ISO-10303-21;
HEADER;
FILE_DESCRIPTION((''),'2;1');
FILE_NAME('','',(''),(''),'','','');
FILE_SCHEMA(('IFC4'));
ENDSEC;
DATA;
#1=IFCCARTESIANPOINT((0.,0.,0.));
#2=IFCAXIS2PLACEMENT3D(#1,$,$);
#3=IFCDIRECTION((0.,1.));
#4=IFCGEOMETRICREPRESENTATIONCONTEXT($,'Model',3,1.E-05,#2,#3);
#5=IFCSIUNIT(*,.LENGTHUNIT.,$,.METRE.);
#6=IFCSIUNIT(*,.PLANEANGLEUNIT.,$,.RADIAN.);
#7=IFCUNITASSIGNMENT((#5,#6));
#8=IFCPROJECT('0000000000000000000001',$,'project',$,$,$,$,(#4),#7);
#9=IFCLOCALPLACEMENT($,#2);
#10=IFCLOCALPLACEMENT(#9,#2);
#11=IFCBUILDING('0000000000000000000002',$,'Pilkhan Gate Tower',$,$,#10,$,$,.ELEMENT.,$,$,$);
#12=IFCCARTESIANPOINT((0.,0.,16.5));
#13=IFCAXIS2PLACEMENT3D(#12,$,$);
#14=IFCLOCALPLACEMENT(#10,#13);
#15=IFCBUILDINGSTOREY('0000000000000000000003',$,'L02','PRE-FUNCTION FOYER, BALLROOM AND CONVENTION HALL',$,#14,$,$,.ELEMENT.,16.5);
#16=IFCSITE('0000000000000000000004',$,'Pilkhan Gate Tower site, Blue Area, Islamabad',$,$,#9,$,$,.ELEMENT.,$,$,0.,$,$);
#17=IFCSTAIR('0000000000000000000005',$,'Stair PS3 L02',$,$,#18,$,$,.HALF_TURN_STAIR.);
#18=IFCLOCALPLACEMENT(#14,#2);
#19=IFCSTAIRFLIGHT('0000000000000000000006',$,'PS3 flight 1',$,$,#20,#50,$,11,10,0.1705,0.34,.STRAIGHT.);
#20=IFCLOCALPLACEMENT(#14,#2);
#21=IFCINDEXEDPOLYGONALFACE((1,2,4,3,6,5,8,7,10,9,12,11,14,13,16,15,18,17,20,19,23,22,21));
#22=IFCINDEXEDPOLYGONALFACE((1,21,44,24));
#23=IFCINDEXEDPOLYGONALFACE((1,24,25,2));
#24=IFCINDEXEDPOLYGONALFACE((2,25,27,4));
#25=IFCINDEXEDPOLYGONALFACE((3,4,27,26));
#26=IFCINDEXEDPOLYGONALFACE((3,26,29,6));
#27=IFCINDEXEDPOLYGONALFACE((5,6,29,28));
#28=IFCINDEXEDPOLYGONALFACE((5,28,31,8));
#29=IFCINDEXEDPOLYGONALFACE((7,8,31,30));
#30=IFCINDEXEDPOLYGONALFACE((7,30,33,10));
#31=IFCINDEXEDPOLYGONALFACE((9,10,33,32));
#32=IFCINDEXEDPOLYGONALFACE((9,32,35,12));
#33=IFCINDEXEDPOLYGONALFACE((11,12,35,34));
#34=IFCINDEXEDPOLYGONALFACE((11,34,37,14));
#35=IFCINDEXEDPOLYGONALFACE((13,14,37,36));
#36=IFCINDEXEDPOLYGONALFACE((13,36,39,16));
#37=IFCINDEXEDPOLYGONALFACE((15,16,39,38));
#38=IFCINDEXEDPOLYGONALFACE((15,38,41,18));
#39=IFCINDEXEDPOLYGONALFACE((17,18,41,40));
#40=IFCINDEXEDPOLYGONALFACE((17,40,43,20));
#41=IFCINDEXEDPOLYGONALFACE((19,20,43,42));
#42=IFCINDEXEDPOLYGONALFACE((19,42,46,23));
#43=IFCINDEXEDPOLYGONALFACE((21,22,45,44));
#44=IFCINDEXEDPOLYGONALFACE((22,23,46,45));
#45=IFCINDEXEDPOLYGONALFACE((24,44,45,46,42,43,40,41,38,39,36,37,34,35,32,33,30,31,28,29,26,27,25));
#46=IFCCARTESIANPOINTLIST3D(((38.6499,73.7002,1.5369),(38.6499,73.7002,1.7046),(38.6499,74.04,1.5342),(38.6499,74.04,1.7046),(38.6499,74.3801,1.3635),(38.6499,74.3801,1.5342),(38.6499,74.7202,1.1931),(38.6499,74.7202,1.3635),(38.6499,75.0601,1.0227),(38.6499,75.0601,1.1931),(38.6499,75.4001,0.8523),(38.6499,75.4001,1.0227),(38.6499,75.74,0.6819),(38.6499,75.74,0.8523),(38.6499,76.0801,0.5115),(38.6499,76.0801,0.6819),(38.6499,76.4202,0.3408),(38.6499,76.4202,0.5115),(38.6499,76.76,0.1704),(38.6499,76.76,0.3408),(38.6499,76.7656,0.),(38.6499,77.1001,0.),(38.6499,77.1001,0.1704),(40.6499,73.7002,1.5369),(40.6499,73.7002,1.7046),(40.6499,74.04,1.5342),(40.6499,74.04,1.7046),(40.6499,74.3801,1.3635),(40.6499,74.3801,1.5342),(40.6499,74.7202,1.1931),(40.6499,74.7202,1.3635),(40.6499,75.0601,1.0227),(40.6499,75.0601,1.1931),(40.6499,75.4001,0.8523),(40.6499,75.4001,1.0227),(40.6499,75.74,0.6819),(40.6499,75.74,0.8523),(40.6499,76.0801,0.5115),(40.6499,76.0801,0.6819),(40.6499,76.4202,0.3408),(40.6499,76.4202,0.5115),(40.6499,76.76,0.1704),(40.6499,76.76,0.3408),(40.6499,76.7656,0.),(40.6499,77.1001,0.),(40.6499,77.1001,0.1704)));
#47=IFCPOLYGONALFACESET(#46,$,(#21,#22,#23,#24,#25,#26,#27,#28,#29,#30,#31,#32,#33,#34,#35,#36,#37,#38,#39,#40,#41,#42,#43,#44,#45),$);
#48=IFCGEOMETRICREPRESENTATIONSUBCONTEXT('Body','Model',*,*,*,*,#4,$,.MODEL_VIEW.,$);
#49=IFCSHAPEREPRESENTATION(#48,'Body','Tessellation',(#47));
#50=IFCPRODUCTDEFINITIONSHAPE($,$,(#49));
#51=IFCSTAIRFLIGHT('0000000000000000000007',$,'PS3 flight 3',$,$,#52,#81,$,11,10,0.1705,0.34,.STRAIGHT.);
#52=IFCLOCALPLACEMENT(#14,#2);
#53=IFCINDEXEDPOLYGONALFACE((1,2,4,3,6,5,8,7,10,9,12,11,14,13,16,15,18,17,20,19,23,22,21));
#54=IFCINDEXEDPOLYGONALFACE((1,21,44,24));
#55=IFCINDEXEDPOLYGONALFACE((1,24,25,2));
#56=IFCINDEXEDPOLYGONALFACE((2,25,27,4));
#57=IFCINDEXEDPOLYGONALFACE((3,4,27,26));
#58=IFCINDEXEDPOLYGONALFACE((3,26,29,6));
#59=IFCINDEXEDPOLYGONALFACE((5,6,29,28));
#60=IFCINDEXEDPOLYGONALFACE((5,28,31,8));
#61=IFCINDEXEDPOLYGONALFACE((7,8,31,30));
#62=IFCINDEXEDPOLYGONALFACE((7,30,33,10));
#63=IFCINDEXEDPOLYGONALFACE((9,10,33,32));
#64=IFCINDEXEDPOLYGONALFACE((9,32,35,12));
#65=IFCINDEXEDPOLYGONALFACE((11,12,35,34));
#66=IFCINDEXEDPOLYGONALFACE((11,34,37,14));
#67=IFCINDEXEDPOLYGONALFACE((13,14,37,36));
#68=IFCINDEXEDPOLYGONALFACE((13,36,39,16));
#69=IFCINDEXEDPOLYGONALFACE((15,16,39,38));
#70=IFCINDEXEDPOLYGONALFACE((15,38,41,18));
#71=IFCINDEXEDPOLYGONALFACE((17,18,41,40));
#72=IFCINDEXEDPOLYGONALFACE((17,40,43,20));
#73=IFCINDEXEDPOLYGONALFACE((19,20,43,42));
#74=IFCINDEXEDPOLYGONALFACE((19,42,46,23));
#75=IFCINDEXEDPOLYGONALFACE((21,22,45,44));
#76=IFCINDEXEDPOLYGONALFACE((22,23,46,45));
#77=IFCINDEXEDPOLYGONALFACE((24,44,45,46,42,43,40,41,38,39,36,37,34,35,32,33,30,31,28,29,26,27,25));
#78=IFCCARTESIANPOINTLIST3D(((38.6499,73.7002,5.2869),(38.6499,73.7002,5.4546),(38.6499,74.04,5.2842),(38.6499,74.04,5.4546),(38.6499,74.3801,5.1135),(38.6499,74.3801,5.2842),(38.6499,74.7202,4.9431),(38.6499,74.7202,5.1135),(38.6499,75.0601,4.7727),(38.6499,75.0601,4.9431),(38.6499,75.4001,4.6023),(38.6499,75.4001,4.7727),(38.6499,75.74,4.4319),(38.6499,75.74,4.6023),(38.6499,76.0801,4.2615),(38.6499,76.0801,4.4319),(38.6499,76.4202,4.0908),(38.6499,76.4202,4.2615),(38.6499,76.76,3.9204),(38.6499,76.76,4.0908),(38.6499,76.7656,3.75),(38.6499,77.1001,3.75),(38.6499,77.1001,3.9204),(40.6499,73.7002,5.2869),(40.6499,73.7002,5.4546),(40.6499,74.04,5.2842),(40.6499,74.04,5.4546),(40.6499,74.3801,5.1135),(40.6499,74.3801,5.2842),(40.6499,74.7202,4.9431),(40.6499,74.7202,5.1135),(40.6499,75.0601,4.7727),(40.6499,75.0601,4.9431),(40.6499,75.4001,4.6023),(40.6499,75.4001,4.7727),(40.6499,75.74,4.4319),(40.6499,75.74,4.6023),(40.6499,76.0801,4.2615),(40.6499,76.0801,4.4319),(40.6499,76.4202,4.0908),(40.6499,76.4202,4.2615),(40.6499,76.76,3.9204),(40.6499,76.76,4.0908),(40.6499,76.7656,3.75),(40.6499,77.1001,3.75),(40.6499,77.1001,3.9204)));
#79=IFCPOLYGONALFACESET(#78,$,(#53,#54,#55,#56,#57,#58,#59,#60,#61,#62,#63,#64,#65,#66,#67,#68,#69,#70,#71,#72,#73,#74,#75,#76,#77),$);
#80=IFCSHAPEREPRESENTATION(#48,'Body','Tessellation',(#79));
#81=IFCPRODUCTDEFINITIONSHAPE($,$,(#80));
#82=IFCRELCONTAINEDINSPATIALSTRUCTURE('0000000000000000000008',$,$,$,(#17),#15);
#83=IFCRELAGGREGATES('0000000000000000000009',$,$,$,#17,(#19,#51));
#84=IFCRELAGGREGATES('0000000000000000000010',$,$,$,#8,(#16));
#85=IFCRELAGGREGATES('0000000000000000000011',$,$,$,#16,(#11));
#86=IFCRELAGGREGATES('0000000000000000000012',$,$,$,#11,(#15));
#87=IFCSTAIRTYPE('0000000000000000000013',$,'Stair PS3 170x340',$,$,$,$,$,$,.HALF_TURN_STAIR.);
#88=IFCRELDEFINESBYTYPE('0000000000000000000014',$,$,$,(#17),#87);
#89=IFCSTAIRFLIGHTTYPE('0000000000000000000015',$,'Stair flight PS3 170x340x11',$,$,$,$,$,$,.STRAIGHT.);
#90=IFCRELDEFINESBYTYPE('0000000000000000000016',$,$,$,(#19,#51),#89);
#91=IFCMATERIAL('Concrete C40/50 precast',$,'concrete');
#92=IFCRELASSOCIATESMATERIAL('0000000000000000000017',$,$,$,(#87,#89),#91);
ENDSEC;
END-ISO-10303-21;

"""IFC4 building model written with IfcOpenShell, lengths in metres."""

from ifc_helpers import new_model, si_unit, direction, frame, origin, place, context, subcontext, project, spatial, polyline, outline, extrude, material, type_object, element, aggregate, save


model = new_model("IFC4")

# Units and contexts
model_context = context("Model", 3, precision=1e-05, world=origin(), true_north=direction((0.0, 1.0)))
body_context = subcontext(model_context, "Body", "Model", "MODEL_VIEW")
ifc_project = project(units=[si_unit("LENGTHUNIT", "METRE"), si_unit("PLANEANGLEUNIT", "RADIAN")], contexts=[model_context])

# Site, building, storey
site_placement = place(None, origin())
site = spatial("IfcSite", under=ifc_project, at=site_placement, Name="Pilkhan Gate Tower site, Blue Area, Islamabad", CompositionType="ELEMENT", RefElevation=0.0)
building_placement = place(site_placement, origin())
building = spatial("IfcBuilding", under=site, at=building_placement, Name="Pilkhan Gate Tower", CompositionType="ELEMENT")
storey_placement = place(building_placement, frame((0.0, 0.0, 16.5)))
storey = spatial("IfcBuildingStorey", under=building, at=storey_placement, Name="L02", Description="PRE-FUNCTION FOYER, BALLROOM AND CONVENTION HALL", CompositionType="ELEMENT", Elevation=16.5)

# Stair, stair flights
ifc_material_1 = material(Name="Concrete C40/50 precast", Category="concrete")
stair_type = type_object("IfcStairType", Name="Stair PS3 170x340", PredefinedType="HALF_TURN_STAIR", material=ifc_material_1)
stair_placement = place(storey_placement, origin())
stair = element("IfcStair", 1, at=stair_placement, inside=storey, type_object=stair_type, Name="Stair PS3 L02", PredefinedType="HALF_TURN_STAIR")
stair_flight_type = type_object("IfcStairFlightType", Name="Stair flight PS3 170x340x11", PredefinedType="STRAIGHT", material=ifc_material_1)
stair_flight_1_placement = place(storey_placement, frame((39.6499, 77.1001, 0.0), z_axis=(0.0, 0.0, 1.0), x_axis=(0.0, -1.0, 0.0)))
stair_flight_1 = element("IfcStairFlight", 2, at=stair_flight_1_placement, type_object=stair_flight_type, Name="PS3 flight 1", NumberOfRisers=11, NumberOfTreads=10, PredefinedType="STRAIGHT", RiserHeight=0.1705, TreadLength=0.34, context=body_context, shape_type="SweptSolid", body=[
    extrude(outline(polyline([(0.0, 0.0), (0.0, 0.1704), (0.3401, 0.1704), (0.3401, 0.3408), (0.6799, 0.3408), (0.6799, 0.5115), (1.02, 0.5115), (1.02, 0.6819), (1.3601, 0.6819), (1.3601, 0.8523), (1.7, 0.8523), (1.7, 1.0227), (2.04, 1.0227), (2.04, 1.1931), (2.3799, 1.1931), (2.3799, 1.3635), (2.72, 1.3635), (2.72, 1.5342), (3.0601, 1.5342), (3.0601, 1.7046), (3.3999, 1.7046), (3.3999, 1.875), (3.3999, 1.5369), (0.3345, 0.0), (0.0, 0.0)])), frame((0.0, 1.0, 0.0), z_axis=(0.0, -1.0, 0.0), x_axis=(1.0, 0.0, 0.0)), (0.0, 0.0, 1.0), 2.0),
])
stair_flight_2_placement = place(storey_placement, frame((39.6499, 77.1001, 3.75), z_axis=(0.0, 0.0, 1.0), x_axis=(0.0, -1.0, 0.0)))
stair_flight_2 = element("IfcStairFlight", 3, at=stair_flight_2_placement, type_object=stair_flight_type, Name="PS3 flight 3", NumberOfRisers=11, NumberOfTreads=10, PredefinedType="STRAIGHT", RiserHeight=0.1705, TreadLength=0.34, context=body_context, shape_type="SweptSolid", body=[
    extrude(outline(polyline([(0.0, 0.0), (0.0, 0.1704), (0.3401, 0.1704), (0.3401, 0.3408), (0.6799, 0.3408), (0.6799, 0.5115), (1.02, 0.5115), (1.02, 0.6819), (1.3601, 0.6819), (1.3601, 0.8523), (1.7, 0.8523), (1.7, 1.0227), (2.04, 1.0227), (2.04, 1.1931), (2.3799, 1.1931), (2.3799, 1.3635), (2.72, 1.3635), (2.72, 1.5342), (3.0601, 1.5342), (3.0601, 1.7046), (3.3999, 1.7046), (3.3999, 1.875), (3.3999, 1.5369), (0.3345, 0.0), (0.0, 0.0)])), frame((0.0, 1.0, 0.0), z_axis=(0.0, -1.0, 0.0), x_axis=(1.0, 0.0, 0.0)), (0.0, 0.0, 1.0), 2.0),
])
aggregate(stair, [stair_flight_1, stair_flight_2])

save(model, "model.ifc")
